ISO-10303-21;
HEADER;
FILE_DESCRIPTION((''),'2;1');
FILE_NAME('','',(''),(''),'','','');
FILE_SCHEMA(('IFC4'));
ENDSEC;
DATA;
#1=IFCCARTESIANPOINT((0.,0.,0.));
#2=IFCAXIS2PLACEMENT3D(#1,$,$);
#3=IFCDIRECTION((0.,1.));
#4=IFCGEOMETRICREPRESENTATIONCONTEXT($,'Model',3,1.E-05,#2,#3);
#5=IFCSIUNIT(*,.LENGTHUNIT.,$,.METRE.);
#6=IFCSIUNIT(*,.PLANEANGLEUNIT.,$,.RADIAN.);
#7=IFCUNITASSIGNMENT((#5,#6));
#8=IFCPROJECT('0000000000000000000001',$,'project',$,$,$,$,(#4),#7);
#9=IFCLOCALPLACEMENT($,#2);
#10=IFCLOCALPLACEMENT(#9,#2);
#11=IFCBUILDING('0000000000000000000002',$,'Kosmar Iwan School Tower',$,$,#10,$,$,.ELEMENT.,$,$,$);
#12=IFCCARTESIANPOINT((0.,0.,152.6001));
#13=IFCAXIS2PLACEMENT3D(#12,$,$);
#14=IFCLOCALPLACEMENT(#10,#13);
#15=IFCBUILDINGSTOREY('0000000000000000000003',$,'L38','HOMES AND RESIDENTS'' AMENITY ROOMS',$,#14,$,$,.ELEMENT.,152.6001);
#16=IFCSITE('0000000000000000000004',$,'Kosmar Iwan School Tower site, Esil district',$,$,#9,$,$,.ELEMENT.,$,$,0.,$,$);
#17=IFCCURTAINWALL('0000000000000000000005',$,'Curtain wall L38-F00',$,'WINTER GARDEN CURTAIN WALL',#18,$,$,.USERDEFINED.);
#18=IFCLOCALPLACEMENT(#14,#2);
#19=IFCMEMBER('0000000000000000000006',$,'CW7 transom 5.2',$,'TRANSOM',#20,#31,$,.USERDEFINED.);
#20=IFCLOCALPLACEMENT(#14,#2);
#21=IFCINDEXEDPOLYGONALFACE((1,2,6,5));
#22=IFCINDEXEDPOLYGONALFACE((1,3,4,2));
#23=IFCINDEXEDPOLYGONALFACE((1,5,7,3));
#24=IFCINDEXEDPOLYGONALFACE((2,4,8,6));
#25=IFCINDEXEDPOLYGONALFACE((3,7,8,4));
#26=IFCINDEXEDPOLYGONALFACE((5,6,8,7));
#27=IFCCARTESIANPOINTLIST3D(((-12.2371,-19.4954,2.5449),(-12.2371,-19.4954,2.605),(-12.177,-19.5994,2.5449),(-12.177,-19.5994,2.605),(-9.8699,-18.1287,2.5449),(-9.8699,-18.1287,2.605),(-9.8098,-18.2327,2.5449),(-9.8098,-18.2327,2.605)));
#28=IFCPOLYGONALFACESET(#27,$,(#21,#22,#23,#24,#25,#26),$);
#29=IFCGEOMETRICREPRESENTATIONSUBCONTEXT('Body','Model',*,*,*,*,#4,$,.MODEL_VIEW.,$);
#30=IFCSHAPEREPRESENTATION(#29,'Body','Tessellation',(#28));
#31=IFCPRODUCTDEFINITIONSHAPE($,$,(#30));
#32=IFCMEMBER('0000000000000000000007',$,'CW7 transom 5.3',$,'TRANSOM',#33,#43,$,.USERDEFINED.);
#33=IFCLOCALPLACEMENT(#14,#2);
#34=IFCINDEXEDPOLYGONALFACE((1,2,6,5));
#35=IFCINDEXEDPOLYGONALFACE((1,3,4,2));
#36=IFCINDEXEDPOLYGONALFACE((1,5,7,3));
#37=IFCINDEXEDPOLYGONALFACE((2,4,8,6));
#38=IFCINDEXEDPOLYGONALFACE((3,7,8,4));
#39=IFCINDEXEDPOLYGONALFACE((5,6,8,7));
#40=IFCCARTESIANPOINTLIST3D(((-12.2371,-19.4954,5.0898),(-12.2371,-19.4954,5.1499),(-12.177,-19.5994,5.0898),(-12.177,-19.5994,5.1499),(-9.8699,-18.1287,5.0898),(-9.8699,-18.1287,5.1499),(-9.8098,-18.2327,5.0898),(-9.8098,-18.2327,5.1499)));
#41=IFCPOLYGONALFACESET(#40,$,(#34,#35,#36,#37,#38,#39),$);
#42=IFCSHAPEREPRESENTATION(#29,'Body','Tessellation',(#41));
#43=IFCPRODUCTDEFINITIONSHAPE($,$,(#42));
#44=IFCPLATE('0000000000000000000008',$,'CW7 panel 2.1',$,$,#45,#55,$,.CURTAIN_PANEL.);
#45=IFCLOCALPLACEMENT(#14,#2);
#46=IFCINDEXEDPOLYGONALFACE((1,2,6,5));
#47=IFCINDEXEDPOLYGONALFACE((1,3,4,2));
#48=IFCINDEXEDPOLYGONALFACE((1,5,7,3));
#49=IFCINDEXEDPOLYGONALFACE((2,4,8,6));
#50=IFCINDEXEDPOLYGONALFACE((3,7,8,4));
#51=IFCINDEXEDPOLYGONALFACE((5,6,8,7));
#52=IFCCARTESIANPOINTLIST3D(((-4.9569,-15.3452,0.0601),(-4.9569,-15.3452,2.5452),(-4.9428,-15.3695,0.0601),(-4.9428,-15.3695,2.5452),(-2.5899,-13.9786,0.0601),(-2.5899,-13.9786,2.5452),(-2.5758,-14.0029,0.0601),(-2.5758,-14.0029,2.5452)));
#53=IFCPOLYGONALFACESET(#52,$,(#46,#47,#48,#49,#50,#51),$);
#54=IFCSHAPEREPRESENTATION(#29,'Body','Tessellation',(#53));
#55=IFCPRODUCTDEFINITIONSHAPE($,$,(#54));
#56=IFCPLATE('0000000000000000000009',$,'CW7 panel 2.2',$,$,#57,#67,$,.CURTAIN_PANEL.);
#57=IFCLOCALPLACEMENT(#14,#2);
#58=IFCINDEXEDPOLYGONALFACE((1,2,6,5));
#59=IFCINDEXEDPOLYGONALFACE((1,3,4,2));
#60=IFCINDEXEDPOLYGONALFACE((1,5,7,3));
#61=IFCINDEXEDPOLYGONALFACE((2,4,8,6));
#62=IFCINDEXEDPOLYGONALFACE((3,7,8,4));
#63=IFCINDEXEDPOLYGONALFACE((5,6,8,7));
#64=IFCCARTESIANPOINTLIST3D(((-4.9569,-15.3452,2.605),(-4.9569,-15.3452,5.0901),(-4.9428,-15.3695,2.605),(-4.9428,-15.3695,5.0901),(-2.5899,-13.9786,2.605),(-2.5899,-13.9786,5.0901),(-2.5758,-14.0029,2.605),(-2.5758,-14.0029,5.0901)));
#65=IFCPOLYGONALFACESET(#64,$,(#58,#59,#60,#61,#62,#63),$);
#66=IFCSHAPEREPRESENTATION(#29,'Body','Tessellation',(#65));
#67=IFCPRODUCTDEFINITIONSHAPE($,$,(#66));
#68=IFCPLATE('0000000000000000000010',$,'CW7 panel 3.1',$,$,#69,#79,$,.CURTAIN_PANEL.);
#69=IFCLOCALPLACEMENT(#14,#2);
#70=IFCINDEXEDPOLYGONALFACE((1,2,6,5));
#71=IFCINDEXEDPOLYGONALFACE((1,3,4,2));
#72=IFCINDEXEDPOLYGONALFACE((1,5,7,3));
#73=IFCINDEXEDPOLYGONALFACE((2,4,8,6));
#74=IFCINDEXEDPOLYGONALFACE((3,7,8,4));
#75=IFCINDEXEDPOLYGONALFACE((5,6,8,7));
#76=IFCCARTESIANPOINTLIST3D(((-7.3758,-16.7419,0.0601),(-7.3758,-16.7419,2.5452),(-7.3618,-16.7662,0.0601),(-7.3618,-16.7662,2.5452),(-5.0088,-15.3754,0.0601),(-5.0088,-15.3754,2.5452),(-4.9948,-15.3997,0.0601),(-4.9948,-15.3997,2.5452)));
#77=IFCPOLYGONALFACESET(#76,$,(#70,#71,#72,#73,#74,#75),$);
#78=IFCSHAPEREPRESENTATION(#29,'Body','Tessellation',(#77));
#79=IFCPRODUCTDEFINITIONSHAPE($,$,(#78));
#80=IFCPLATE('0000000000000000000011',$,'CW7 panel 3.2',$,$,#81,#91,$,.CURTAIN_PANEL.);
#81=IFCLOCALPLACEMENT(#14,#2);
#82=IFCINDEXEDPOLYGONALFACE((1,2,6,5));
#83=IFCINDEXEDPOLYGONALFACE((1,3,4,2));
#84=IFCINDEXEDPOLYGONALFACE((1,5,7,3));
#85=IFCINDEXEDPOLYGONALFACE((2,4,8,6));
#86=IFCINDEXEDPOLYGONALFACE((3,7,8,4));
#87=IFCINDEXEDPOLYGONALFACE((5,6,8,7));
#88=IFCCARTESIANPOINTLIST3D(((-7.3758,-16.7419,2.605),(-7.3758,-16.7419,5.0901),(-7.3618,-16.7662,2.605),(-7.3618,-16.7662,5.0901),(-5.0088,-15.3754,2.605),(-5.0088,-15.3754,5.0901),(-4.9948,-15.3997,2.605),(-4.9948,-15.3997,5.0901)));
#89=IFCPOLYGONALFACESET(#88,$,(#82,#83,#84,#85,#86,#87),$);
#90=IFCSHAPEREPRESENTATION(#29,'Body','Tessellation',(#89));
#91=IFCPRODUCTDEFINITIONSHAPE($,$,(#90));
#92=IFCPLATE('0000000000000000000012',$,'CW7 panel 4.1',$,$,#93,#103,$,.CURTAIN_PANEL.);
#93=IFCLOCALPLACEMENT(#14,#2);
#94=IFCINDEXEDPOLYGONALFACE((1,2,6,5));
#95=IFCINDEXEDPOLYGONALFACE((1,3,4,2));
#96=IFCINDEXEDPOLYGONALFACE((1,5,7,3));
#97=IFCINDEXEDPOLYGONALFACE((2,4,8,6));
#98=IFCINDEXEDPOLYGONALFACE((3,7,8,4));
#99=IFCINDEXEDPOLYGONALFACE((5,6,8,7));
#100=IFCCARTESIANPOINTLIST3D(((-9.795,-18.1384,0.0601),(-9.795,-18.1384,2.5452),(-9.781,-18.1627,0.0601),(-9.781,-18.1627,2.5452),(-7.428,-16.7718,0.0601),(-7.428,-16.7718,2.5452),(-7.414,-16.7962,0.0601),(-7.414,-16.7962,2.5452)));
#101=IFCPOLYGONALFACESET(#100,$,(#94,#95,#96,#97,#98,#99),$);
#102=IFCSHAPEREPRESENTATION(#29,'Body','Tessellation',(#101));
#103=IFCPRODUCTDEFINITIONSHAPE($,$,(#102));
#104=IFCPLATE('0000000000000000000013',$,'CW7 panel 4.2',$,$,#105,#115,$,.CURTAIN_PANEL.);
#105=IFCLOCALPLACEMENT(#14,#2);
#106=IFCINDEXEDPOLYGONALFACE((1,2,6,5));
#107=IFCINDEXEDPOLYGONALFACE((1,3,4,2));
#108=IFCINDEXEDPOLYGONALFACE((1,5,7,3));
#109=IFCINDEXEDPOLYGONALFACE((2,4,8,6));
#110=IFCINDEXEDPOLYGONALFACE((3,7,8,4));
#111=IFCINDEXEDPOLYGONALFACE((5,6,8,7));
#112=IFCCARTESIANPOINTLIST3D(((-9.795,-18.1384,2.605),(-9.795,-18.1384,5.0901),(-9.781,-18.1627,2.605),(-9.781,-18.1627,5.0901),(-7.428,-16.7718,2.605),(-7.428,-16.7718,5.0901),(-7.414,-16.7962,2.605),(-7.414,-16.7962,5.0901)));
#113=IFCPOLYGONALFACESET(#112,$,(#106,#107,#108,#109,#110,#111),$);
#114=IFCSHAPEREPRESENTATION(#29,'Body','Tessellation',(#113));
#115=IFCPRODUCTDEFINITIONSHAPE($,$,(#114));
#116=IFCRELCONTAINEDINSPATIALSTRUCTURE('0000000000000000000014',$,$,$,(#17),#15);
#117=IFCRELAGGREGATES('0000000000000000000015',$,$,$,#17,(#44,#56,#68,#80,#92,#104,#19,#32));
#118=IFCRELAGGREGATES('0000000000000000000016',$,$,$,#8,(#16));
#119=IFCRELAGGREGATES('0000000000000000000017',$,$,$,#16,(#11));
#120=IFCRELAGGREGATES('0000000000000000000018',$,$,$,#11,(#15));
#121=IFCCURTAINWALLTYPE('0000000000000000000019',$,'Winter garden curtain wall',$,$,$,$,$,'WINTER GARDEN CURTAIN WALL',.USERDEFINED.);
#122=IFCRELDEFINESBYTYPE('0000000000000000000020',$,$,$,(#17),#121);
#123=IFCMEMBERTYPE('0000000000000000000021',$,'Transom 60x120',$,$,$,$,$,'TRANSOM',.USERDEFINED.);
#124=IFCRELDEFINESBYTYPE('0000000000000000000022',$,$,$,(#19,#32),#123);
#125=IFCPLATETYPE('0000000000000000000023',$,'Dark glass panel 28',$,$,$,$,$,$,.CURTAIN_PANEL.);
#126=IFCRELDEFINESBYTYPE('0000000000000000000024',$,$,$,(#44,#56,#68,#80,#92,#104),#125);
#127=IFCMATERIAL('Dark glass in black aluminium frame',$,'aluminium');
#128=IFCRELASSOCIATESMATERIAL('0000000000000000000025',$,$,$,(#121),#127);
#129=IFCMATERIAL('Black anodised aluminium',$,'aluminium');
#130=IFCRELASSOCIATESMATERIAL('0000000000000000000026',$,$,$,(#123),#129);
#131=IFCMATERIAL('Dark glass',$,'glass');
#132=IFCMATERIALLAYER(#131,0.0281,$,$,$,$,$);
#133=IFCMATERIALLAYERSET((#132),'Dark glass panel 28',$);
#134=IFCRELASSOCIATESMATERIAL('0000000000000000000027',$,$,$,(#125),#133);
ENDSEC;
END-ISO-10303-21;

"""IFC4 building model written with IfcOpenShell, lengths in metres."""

from ifc_helpers import new_model, si_unit, direction, frame, origin, origin_2d, place, context, subcontext, project, spatial, rectangle, extrude, material, layer, layer_set, material_profile, profile_set, type_object, element, aggregate, save


model = new_model("IFC4")

# Units and contexts
model_context = context("Model", 3, precision=1e-05, world=origin(), true_north=direction((0.0, 1.0)))
body_context = subcontext(model_context, "Body", "Model", "MODEL_VIEW")
ifc_project = project(units=[si_unit("LENGTHUNIT", "METRE"), si_unit("PLANEANGLEUNIT", "RADIAN")], contexts=[model_context])

# Site, building, storey
site_placement = place(None, origin())
site = spatial("IfcSite", under=ifc_project, at=site_placement, Name="Kosmar Iwan School Tower site, Esil district", CompositionType="ELEMENT", RefElevation=0.0)
building_placement = place(site_placement, origin())
building = spatial("IfcBuilding", under=site, at=building_placement, Name="Kosmar Iwan School Tower", CompositionType="ELEMENT")
storey_placement = place(building_placement, frame((0.0, 0.0, 152.6001)))
storey = spatial("IfcBuildingStorey", under=building, at=storey_placement, Name="L38", Description="HOMES AND RESIDENTS' AMENITY ROOMS", CompositionType="ELEMENT", Elevation=152.6001)

# Curtain wall
ifc_material_1 = material(Name="Dark glass in black aluminium frame", Category="aluminium")
curtain_wall_type = type_object("IfcCurtainWallType", Name="Winter garden curtain wall", ElementType="WINTER GARDEN CURTAIN WALL", PredefinedType="USERDEFINED", material=ifc_material_1)
curtain_wall_placement = place(storey_placement, origin())
curtain_wall = element("IfcCurtainWall", 1, at=curtain_wall_placement, inside=storey, type_object=curtain_wall_type, Name="Curtain wall L38-F00", ObjectType="WINTER GARDEN CURTAIN WALL", PredefinedType="USERDEFINED")

# Members
ifc_material_2 = material(Name="Black anodised aluminium", Category="aluminium")
ifc_material_profile_1 = material_profile(ifc_material_2, rectangle(XDim=0.1201, YDim=0.0601, at=origin_2d()), Name="TRANSOM 60x120")
ifc_profile_set_1 = profile_set([ifc_material_profile_1], Name="Black anodised aluminium")
member_type_1 = type_object("IfcMemberType", Name="Transom 60x120", ElementType="TRANSOM", PredefinedType="USERDEFINED", material=ifc_profile_set_1)
member_1_placement = place(storey_placement, frame((-9.8398, -18.1807, 2.575), z_axis=(-0.866025, -0.500001, 0.0), x_axis=(0.500001, -0.866025, 0.0)))
member_1 = element("IfcMember", 2, at=member_1_placement, type_object=member_type_1, Name="CW7 transom 5.2", ObjectType="TRANSOM", PredefinedType="USERDEFINED", context=body_context, shape_type="SweptSolid", body=[
    extrude(rectangle(XDim=0.1201, YDim=0.0601, at=origin_2d()), origin(), (0.0, 0.0, 1.0), 2.7334),
])
member_2_placement = place(storey_placement, frame((-9.8398, -18.1807, 5.1199), z_axis=(-0.866025, -0.500001, 0.0), x_axis=(0.500001, -0.866025, 0.0)))
member_2 = element("IfcMember", 3, at=member_2_placement, type_object=member_type_1, Name="CW7 transom 5.3", ObjectType="TRANSOM", PredefinedType="USERDEFINED", context=body_context, shape_type="SweptSolid", body=[
    extrude(rectangle(XDim=0.1201, YDim=0.0601, at=origin_2d()), origin(), (0.0, 0.0, 1.0), 2.7334),
])

# Plates
ifc_material_3 = material(Name="Dark glass", Category="glass")
ifc_layer = layer(ifc_material_3, 0.0281)
ifc_layer_set = layer_set([ifc_layer], Name="Dark glass panel 28")
plate_type = type_object("IfcPlateType", Name="Dark glass panel 28", PredefinedType="CURTAIN_PANEL", material=ifc_layer_set)
plate_1_placement = place(storey_placement, frame((-3.7664, -14.6741, 0.0601), z_axis=(0.0, 0.0, 1.0), x_axis=(-0.866025, -0.5, 0.0)))
plate_1 = element("IfcPlate", 4, at=plate_1_placement, type_object=plate_type, Name="CW7 panel 2.1", PredefinedType="CURTAIN_PANEL", context=body_context, shape_type="SweptSolid", body=[
    extrude(rectangle(XDim=2.7332, YDim=0.0281, at=origin_2d()), origin(), (0.0, 0.0, 1.0), 2.4851),
])
plate_2_placement = place(storey_placement, frame((-3.7664, -14.6741, 2.605), z_axis=(0.0, 0.0, 1.0), x_axis=(-0.866025, -0.5, 0.0)))
plate_2 = element("IfcPlate", 5, at=plate_2_placement, type_object=plate_type, Name="CW7 panel 2.2", PredefinedType="CURTAIN_PANEL", context=body_context, shape_type="SweptSolid", body=[
    extrude(rectangle(XDim=2.7332, YDim=0.0281, at=origin_2d()), origin(), (0.0, 0.0, 1.0), 2.4851),
])
plate_3_placement = place(storey_placement, frame((-6.1853, -16.0708, 0.0601), z_axis=(0.0, 0.0, 1.0), x_axis=(-0.866025, -0.5, 0.0)))
plate_3 = element("IfcPlate", 6, at=plate_3_placement, type_object=plate_type, Name="CW7 panel 3.1", PredefinedType="CURTAIN_PANEL", context=body_context, shape_type="SweptSolid", body=[
    extrude(rectangle(XDim=2.7332, YDim=0.0281, at=origin_2d()), origin(), (0.0, 0.0, 1.0), 2.4851),
])
plate_4_placement = place(storey_placement, frame((-6.1853, -16.0708, 2.605), z_axis=(0.0, 0.0, 1.0), x_axis=(-0.866025, -0.5, 0.0)))
plate_4 = element("IfcPlate", 7, at=plate_4_placement, type_object=plate_type, Name="CW7 panel 3.2", PredefinedType="CURTAIN_PANEL", context=body_context, shape_type="SweptSolid", body=[
    extrude(rectangle(XDim=2.7332, YDim=0.0281, at=origin_2d()), origin(), (0.0, 0.0, 1.0), 2.4851),
])
plate_5_placement = place(storey_placement, frame((-8.6045, -17.4673, 0.0601), z_axis=(0.0, 0.0, 1.0), x_axis=(-0.866025, -0.5, 0.0)))
plate_5 = element("IfcPlate", 8, at=plate_5_placement, type_object=plate_type, Name="CW7 panel 4.1", PredefinedType="CURTAIN_PANEL", context=body_context, shape_type="SweptSolid", body=[
    extrude(rectangle(XDim=2.7332, YDim=0.0281, at=origin_2d()), origin(), (0.0, 0.0, 1.0), 2.4851),
])
plate_6_placement = place(storey_placement, frame((-8.6045, -17.4673, 2.605), z_axis=(0.0, 0.0, 1.0), x_axis=(-0.866025, -0.5, 0.0)))
plate_6 = element("IfcPlate", 9, at=plate_6_placement, type_object=plate_type, Name="CW7 panel 4.2", PredefinedType="CURTAIN_PANEL", context=body_context, shape_type="SweptSolid", body=[
    extrude(rectangle(XDim=2.7332, YDim=0.0281, at=origin_2d()), origin(), (0.0, 0.0, 1.0), 2.4851),
])
aggregate(curtain_wall, [plate_1, plate_2, plate_3, plate_4, plate_5, plate_6, member_1, member_2])

save(model, "model.ifc")
